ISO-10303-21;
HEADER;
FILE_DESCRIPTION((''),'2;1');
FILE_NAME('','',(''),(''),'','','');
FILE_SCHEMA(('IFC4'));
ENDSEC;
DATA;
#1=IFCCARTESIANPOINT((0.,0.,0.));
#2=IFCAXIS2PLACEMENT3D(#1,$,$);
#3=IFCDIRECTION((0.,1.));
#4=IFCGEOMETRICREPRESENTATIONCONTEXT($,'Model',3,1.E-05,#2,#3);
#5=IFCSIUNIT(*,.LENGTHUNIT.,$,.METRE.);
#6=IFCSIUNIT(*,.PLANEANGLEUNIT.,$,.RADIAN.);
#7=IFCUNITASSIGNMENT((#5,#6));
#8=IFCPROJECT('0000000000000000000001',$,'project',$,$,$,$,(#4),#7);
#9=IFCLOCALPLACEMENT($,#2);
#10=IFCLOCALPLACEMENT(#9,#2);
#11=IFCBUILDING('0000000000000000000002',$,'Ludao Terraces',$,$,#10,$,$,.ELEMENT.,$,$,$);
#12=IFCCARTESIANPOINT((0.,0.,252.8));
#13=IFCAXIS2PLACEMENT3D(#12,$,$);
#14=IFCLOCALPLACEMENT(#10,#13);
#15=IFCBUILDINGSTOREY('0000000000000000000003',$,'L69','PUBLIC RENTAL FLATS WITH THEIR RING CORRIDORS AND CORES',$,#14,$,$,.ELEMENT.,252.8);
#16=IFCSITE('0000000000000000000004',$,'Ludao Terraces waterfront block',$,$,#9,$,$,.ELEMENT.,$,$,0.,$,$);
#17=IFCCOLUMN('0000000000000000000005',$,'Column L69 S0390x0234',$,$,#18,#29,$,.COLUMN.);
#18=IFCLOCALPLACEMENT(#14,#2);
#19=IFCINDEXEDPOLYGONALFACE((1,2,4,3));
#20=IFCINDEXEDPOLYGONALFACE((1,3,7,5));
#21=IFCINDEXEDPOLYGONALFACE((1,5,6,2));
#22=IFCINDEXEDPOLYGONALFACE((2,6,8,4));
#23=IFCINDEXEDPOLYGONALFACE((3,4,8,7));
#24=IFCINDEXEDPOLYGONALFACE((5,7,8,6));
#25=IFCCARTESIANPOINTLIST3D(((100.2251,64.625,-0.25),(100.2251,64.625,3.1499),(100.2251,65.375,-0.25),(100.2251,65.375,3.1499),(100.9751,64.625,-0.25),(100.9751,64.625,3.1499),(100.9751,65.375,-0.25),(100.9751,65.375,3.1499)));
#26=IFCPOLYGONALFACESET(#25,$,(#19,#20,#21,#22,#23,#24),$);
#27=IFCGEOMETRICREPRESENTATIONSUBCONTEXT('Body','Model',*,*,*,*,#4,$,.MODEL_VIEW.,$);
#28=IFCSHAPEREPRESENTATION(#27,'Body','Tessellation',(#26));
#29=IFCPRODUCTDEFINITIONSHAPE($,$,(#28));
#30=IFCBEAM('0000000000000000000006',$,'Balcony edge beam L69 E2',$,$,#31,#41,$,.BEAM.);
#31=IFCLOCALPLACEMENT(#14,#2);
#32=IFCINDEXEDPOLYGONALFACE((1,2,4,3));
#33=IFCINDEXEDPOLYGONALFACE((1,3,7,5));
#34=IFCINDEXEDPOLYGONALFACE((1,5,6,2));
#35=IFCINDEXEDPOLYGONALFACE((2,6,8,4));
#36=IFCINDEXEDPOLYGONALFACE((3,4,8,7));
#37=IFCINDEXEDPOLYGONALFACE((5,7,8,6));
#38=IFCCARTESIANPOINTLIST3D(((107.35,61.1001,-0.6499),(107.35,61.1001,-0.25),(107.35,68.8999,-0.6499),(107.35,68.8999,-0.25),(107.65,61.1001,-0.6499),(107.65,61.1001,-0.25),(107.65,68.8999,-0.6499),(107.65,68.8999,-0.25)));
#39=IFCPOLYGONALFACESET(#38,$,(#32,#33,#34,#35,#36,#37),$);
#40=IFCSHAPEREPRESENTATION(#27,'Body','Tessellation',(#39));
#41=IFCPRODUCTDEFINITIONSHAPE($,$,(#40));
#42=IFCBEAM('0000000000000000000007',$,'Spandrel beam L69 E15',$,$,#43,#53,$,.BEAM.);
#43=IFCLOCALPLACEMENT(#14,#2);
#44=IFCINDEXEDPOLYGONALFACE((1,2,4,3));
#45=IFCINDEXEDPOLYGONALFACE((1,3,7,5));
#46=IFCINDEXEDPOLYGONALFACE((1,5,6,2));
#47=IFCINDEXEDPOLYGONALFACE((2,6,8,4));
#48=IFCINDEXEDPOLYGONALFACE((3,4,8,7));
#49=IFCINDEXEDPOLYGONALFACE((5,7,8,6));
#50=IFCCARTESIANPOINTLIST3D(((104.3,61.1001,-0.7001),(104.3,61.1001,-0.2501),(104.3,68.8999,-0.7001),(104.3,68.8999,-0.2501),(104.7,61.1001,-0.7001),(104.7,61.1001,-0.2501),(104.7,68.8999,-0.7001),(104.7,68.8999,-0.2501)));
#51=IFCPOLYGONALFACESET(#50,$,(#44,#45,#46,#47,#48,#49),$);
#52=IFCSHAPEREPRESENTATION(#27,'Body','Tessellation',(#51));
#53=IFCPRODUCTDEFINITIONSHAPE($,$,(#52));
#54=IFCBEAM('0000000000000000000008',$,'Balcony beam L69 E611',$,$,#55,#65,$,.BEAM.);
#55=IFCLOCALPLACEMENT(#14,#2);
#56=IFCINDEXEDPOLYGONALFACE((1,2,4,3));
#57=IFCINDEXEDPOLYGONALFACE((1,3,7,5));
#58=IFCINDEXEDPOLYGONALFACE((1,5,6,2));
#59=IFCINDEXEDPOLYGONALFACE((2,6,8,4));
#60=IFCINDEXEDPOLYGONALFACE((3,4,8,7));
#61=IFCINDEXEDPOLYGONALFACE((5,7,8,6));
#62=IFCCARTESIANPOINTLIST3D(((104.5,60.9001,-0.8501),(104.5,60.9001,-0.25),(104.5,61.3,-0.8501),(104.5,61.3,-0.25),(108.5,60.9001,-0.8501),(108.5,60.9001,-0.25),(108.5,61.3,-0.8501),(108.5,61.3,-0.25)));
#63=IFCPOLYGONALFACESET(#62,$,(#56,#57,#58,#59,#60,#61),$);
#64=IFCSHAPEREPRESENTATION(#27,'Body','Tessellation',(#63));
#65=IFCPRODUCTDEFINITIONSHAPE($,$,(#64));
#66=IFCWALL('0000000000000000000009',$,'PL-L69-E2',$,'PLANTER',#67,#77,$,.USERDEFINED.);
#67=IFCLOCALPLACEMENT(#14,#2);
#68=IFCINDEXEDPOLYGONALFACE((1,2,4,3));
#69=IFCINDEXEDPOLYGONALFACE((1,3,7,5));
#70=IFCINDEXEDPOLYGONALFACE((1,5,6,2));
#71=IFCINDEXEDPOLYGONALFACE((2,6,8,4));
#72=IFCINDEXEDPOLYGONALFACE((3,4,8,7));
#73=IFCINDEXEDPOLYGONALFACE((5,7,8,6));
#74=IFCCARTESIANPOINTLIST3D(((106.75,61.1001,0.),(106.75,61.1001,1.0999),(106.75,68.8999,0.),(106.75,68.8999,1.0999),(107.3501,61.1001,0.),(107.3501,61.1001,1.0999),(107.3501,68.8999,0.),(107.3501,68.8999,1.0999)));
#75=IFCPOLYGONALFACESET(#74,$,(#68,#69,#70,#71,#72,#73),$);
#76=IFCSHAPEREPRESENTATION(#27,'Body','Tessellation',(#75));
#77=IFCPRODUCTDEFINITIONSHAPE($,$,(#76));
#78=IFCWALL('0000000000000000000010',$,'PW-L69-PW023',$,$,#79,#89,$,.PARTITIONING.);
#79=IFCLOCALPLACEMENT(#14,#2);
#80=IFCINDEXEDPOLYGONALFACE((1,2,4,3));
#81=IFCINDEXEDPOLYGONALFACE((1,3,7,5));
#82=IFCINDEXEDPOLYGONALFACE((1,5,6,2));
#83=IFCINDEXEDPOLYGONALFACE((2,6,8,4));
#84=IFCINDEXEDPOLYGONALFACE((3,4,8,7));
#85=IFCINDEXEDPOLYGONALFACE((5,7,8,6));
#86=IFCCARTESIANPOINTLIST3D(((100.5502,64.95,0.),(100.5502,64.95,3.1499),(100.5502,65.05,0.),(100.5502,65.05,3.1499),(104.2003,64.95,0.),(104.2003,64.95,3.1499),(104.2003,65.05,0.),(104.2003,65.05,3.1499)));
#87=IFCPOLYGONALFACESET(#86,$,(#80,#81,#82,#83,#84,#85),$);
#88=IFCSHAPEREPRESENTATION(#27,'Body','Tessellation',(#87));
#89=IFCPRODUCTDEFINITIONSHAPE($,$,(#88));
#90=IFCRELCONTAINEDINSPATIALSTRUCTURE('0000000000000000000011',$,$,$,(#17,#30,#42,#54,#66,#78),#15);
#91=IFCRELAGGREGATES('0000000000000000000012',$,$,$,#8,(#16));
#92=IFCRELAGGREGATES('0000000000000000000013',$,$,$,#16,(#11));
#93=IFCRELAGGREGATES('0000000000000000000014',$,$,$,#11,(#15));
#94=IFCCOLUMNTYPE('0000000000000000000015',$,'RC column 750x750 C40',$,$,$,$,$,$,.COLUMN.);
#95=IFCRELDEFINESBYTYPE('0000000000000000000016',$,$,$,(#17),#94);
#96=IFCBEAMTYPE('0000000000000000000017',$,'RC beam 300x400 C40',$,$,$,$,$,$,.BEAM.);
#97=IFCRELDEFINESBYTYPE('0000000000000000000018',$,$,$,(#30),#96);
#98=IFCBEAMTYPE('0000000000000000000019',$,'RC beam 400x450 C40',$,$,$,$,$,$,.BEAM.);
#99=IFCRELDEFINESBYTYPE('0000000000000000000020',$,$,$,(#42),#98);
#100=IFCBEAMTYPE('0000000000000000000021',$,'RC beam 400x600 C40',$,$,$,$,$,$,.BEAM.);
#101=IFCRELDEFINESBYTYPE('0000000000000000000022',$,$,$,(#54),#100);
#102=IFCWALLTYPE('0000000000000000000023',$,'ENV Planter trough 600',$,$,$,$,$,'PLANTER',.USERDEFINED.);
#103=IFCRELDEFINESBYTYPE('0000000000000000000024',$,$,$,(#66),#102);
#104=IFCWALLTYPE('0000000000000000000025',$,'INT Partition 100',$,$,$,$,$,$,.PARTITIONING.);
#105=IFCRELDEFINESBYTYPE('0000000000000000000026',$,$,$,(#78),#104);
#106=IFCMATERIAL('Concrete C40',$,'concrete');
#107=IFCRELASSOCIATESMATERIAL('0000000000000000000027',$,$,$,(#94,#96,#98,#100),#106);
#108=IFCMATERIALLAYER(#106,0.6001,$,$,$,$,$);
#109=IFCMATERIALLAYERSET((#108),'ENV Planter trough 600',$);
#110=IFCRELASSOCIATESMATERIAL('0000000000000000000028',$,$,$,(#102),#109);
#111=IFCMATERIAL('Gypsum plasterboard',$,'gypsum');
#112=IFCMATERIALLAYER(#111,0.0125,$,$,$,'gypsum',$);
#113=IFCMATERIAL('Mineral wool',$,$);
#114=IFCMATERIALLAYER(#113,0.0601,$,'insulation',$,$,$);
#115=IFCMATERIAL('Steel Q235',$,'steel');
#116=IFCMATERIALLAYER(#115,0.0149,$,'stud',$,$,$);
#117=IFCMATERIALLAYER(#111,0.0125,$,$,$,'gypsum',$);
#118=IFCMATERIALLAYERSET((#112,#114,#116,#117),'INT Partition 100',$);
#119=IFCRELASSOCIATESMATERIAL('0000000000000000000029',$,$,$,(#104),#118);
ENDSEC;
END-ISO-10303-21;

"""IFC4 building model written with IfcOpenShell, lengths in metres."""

from ifc_helpers import new_model, si_unit, direction, frame, frame_2d, origin, origin_2d, place, context, subcontext, project, spatial, rectangle, extrude, material, layer, layer_set, material_profile, profile_set, type_object, element, save


model = new_model("IFC4")

# Units and contexts
model_context = context("Model", 3, precision=1e-05, world=origin(), true_north=direction((0.0, 1.0)))
body_context = subcontext(model_context, "Body", "Model", "MODEL_VIEW")
ifc_project = project(units=[si_unit("LENGTHUNIT", "METRE"), si_unit("PLANEANGLEUNIT", "RADIAN")], contexts=[model_context])

# Site, building, storey
site_placement = place(None, origin())
site = spatial("IfcSite", under=ifc_project, at=site_placement, Name="Ludao Terraces waterfront block", CompositionType="ELEMENT", RefElevation=0.0)
building_placement = place(site_placement, origin())
building = spatial("IfcBuilding", under=site, at=building_placement, Name="Ludao Terraces", CompositionType="ELEMENT")
storey_placement = place(building_placement, frame((0.0, 0.0, 252.8)))
storey = spatial("IfcBuildingStorey", under=building, at=storey_placement, Name="L69", Description="PUBLIC RENTAL FLATS WITH THEIR RING CORRIDORS AND CORES", CompositionType="ELEMENT", Elevation=252.8)

# Column
ifc_material_1 = material(Name="Concrete C40", Category="concrete")
ifc_material_profile_1 = material_profile(ifc_material_1, rectangle(XDim=0.75, YDim=0.75, at=origin_2d()), Name="750 X 750")
ifc_profile_set_1 = profile_set([ifc_material_profile_1], Name="Concrete C40")
column_type = type_object("IfcColumnType", Name="RC column 750x750 C40", PredefinedType="COLUMN", material=ifc_profile_set_1)
column_placement = place(storey_placement, frame((100.6001, 65.0, -0.25), z_axis=(0.0, 0.0, 1.0), x_axis=(1.0, 0.0, 0.0)))
element("IfcColumn", 1, at=column_placement, inside=storey, type_object=column_type, Name="Column L69 S0390x0234", PredefinedType="COLUMN", context=body_context, shape_type="SweptSolid", body=[
    extrude(rectangle(XDim=0.75, YDim=0.75, at=origin_2d()), origin(), (0.0, 0.0, 1.0), 3.3999),
])

# Beams
ifc_material_profile_2 = material_profile(ifc_material_1, rectangle(XDim=0.3, YDim=0.3999, at=origin_2d()), Name="300 X 400")
ifc_profile_set_2 = profile_set([ifc_material_profile_2], Name="Concrete C40")
beam_type_1 = type_object("IfcBeamType", Name="RC beam 300x400 C40", PredefinedType="BEAM", material=ifc_profile_set_2)
beam_1_placement = place(storey_placement, frame((107.5, 61.1001, -0.45), z_axis=(0.0, 1.0, 0.0), x_axis=(-1.0, 0.0, 0.0)))
element("IfcBeam", 2, at=beam_1_placement, inside=storey, type_object=beam_type_1, Name="Balcony edge beam L69 E2", PredefinedType="BEAM", context=body_context, shape_type="SweptSolid", body=[
    extrude(rectangle(XDim=0.3, YDim=0.3999, at=origin_2d()), origin(), (0.0, 0.0, 1.0), 7.7998),
])
ifc_material_profile_3 = material_profile(ifc_material_1, rectangle(XDim=0.3999, YDim=0.45, at=origin_2d()), Name="400 X 450")
ifc_profile_set_3 = profile_set([ifc_material_profile_3], Name="Concrete C40")
beam_type_2 = type_object("IfcBeamType", Name="RC beam 400x450 C40", PredefinedType="BEAM", material=ifc_profile_set_3)
beam_2_placement = place(storey_placement, frame((104.5, 61.1001, -0.4751), z_axis=(0.0, 1.0, 0.0), x_axis=(-1.0, 0.0, 0.0)))
element("IfcBeam", 3, at=beam_2_placement, inside=storey, type_object=beam_type_2, Name="Spandrel beam L69 E15", PredefinedType="BEAM", context=body_context, shape_type="SweptSolid", body=[
    extrude(rectangle(XDim=0.3999, YDim=0.45, at=origin_2d()), origin(), (0.0, 0.0, 1.0), 7.7998),
])
ifc_material_profile_4 = material_profile(ifc_material_1, rectangle(XDim=0.3999, YDim=0.6001, at=origin_2d()), Name="400 X 600")
ifc_profile_set_4 = profile_set([ifc_material_profile_4], Name="Concrete C40")
beam_type_3 = type_object("IfcBeamType", Name="RC beam 400x600 C40", PredefinedType="BEAM", material=ifc_profile_set_4)
beam_3_placement = place(storey_placement, frame((104.5, 61.1001, -0.55), z_axis=(1.0, 0.0, 0.0), x_axis=(0.0, 1.0, 0.0)))
element("IfcBeam", 4, at=beam_3_placement, inside=storey, type_object=beam_type_3, Name="Balcony beam L69 E611", PredefinedType="BEAM", context=body_context, shape_type="SweptSolid", body=[
    extrude(rectangle(XDim=0.3999, YDim=0.6001, at=origin_2d()), origin(), (0.0, 0.0, 1.0), 4.0),
])

# Wall
ifc_layer_1 = layer(ifc_material_1, 0.6001)
ifc_layer_set_1 = layer_set([ifc_layer_1], Name="ENV Planter trough 600")
wall_type_1 = type_object("IfcWallType", Name="ENV Planter trough 600", ElementType="PLANTER", PredefinedType="USERDEFINED", material=ifc_layer_set_1)
wall_1_placement = place(storey_placement, frame((107.05, 61.1001, 0.0), z_axis=(0.0, 0.0, 1.0), x_axis=(0.0, 1.0, 0.0)))
element("IfcWall", 5, at=wall_1_placement, inside=storey, type_object=wall_type_1, Name="PL-L69-E2", ObjectType="PLANTER", PredefinedType="USERDEFINED", context=body_context, shape_type="SweptSolid", body=[
    extrude(rectangle(XDim=7.7998, YDim=0.6001, at=frame_2d((3.8999, 0.0))), origin(), (0.0, 0.0, 1.0), 1.0999),
])

# Shared definitions
ifc_material_2 = material(Name="Mineral wool")

# Wall
ifc_material_3 = material(Name="Gypsum plasterboard", Category="gypsum")
ifc_layer_2 = layer(ifc_material_3, 0.0125, Category="gypsum")
ifc_layer_3 = layer(ifc_material_2, 0.0601, Name="insulation")
ifc_material_4 = material(Name="Steel Q235", Category="steel")
ifc_layer_4 = layer(ifc_material_4, 0.0149, Name="stud")
ifc_layer_5 = layer(ifc_material_3, 0.0125, Category="gypsum")
ifc_layer_set_2 = layer_set([ifc_layer_2, ifc_layer_3, ifc_layer_4, ifc_layer_5], Name="INT Partition 100")
wall_type_2 = type_object("IfcWallType", Name="INT Partition 100", PredefinedType="PARTITIONING", material=ifc_layer_set_2)
wall_2_placement = place(storey_placement, frame((100.55, 65.0, 0.0), z_axis=(0.0, 0.0, 1.0), x_axis=(1.0, 0.0, 0.0)))
element("IfcWall", 6, at=wall_2_placement, inside=storey, type_object=wall_type_2, Name="PW-L69-PW023", PredefinedType="PARTITIONING", context=body_context, shape_type="SweptSolid", body=[
    extrude(rectangle(XDim=3.6501, YDim=0.1001, at=frame_2d((1.8252, 0.0))), origin(), (0.0, 0.0, 1.0), 3.1499),
])

save(model, "model.ifc")
